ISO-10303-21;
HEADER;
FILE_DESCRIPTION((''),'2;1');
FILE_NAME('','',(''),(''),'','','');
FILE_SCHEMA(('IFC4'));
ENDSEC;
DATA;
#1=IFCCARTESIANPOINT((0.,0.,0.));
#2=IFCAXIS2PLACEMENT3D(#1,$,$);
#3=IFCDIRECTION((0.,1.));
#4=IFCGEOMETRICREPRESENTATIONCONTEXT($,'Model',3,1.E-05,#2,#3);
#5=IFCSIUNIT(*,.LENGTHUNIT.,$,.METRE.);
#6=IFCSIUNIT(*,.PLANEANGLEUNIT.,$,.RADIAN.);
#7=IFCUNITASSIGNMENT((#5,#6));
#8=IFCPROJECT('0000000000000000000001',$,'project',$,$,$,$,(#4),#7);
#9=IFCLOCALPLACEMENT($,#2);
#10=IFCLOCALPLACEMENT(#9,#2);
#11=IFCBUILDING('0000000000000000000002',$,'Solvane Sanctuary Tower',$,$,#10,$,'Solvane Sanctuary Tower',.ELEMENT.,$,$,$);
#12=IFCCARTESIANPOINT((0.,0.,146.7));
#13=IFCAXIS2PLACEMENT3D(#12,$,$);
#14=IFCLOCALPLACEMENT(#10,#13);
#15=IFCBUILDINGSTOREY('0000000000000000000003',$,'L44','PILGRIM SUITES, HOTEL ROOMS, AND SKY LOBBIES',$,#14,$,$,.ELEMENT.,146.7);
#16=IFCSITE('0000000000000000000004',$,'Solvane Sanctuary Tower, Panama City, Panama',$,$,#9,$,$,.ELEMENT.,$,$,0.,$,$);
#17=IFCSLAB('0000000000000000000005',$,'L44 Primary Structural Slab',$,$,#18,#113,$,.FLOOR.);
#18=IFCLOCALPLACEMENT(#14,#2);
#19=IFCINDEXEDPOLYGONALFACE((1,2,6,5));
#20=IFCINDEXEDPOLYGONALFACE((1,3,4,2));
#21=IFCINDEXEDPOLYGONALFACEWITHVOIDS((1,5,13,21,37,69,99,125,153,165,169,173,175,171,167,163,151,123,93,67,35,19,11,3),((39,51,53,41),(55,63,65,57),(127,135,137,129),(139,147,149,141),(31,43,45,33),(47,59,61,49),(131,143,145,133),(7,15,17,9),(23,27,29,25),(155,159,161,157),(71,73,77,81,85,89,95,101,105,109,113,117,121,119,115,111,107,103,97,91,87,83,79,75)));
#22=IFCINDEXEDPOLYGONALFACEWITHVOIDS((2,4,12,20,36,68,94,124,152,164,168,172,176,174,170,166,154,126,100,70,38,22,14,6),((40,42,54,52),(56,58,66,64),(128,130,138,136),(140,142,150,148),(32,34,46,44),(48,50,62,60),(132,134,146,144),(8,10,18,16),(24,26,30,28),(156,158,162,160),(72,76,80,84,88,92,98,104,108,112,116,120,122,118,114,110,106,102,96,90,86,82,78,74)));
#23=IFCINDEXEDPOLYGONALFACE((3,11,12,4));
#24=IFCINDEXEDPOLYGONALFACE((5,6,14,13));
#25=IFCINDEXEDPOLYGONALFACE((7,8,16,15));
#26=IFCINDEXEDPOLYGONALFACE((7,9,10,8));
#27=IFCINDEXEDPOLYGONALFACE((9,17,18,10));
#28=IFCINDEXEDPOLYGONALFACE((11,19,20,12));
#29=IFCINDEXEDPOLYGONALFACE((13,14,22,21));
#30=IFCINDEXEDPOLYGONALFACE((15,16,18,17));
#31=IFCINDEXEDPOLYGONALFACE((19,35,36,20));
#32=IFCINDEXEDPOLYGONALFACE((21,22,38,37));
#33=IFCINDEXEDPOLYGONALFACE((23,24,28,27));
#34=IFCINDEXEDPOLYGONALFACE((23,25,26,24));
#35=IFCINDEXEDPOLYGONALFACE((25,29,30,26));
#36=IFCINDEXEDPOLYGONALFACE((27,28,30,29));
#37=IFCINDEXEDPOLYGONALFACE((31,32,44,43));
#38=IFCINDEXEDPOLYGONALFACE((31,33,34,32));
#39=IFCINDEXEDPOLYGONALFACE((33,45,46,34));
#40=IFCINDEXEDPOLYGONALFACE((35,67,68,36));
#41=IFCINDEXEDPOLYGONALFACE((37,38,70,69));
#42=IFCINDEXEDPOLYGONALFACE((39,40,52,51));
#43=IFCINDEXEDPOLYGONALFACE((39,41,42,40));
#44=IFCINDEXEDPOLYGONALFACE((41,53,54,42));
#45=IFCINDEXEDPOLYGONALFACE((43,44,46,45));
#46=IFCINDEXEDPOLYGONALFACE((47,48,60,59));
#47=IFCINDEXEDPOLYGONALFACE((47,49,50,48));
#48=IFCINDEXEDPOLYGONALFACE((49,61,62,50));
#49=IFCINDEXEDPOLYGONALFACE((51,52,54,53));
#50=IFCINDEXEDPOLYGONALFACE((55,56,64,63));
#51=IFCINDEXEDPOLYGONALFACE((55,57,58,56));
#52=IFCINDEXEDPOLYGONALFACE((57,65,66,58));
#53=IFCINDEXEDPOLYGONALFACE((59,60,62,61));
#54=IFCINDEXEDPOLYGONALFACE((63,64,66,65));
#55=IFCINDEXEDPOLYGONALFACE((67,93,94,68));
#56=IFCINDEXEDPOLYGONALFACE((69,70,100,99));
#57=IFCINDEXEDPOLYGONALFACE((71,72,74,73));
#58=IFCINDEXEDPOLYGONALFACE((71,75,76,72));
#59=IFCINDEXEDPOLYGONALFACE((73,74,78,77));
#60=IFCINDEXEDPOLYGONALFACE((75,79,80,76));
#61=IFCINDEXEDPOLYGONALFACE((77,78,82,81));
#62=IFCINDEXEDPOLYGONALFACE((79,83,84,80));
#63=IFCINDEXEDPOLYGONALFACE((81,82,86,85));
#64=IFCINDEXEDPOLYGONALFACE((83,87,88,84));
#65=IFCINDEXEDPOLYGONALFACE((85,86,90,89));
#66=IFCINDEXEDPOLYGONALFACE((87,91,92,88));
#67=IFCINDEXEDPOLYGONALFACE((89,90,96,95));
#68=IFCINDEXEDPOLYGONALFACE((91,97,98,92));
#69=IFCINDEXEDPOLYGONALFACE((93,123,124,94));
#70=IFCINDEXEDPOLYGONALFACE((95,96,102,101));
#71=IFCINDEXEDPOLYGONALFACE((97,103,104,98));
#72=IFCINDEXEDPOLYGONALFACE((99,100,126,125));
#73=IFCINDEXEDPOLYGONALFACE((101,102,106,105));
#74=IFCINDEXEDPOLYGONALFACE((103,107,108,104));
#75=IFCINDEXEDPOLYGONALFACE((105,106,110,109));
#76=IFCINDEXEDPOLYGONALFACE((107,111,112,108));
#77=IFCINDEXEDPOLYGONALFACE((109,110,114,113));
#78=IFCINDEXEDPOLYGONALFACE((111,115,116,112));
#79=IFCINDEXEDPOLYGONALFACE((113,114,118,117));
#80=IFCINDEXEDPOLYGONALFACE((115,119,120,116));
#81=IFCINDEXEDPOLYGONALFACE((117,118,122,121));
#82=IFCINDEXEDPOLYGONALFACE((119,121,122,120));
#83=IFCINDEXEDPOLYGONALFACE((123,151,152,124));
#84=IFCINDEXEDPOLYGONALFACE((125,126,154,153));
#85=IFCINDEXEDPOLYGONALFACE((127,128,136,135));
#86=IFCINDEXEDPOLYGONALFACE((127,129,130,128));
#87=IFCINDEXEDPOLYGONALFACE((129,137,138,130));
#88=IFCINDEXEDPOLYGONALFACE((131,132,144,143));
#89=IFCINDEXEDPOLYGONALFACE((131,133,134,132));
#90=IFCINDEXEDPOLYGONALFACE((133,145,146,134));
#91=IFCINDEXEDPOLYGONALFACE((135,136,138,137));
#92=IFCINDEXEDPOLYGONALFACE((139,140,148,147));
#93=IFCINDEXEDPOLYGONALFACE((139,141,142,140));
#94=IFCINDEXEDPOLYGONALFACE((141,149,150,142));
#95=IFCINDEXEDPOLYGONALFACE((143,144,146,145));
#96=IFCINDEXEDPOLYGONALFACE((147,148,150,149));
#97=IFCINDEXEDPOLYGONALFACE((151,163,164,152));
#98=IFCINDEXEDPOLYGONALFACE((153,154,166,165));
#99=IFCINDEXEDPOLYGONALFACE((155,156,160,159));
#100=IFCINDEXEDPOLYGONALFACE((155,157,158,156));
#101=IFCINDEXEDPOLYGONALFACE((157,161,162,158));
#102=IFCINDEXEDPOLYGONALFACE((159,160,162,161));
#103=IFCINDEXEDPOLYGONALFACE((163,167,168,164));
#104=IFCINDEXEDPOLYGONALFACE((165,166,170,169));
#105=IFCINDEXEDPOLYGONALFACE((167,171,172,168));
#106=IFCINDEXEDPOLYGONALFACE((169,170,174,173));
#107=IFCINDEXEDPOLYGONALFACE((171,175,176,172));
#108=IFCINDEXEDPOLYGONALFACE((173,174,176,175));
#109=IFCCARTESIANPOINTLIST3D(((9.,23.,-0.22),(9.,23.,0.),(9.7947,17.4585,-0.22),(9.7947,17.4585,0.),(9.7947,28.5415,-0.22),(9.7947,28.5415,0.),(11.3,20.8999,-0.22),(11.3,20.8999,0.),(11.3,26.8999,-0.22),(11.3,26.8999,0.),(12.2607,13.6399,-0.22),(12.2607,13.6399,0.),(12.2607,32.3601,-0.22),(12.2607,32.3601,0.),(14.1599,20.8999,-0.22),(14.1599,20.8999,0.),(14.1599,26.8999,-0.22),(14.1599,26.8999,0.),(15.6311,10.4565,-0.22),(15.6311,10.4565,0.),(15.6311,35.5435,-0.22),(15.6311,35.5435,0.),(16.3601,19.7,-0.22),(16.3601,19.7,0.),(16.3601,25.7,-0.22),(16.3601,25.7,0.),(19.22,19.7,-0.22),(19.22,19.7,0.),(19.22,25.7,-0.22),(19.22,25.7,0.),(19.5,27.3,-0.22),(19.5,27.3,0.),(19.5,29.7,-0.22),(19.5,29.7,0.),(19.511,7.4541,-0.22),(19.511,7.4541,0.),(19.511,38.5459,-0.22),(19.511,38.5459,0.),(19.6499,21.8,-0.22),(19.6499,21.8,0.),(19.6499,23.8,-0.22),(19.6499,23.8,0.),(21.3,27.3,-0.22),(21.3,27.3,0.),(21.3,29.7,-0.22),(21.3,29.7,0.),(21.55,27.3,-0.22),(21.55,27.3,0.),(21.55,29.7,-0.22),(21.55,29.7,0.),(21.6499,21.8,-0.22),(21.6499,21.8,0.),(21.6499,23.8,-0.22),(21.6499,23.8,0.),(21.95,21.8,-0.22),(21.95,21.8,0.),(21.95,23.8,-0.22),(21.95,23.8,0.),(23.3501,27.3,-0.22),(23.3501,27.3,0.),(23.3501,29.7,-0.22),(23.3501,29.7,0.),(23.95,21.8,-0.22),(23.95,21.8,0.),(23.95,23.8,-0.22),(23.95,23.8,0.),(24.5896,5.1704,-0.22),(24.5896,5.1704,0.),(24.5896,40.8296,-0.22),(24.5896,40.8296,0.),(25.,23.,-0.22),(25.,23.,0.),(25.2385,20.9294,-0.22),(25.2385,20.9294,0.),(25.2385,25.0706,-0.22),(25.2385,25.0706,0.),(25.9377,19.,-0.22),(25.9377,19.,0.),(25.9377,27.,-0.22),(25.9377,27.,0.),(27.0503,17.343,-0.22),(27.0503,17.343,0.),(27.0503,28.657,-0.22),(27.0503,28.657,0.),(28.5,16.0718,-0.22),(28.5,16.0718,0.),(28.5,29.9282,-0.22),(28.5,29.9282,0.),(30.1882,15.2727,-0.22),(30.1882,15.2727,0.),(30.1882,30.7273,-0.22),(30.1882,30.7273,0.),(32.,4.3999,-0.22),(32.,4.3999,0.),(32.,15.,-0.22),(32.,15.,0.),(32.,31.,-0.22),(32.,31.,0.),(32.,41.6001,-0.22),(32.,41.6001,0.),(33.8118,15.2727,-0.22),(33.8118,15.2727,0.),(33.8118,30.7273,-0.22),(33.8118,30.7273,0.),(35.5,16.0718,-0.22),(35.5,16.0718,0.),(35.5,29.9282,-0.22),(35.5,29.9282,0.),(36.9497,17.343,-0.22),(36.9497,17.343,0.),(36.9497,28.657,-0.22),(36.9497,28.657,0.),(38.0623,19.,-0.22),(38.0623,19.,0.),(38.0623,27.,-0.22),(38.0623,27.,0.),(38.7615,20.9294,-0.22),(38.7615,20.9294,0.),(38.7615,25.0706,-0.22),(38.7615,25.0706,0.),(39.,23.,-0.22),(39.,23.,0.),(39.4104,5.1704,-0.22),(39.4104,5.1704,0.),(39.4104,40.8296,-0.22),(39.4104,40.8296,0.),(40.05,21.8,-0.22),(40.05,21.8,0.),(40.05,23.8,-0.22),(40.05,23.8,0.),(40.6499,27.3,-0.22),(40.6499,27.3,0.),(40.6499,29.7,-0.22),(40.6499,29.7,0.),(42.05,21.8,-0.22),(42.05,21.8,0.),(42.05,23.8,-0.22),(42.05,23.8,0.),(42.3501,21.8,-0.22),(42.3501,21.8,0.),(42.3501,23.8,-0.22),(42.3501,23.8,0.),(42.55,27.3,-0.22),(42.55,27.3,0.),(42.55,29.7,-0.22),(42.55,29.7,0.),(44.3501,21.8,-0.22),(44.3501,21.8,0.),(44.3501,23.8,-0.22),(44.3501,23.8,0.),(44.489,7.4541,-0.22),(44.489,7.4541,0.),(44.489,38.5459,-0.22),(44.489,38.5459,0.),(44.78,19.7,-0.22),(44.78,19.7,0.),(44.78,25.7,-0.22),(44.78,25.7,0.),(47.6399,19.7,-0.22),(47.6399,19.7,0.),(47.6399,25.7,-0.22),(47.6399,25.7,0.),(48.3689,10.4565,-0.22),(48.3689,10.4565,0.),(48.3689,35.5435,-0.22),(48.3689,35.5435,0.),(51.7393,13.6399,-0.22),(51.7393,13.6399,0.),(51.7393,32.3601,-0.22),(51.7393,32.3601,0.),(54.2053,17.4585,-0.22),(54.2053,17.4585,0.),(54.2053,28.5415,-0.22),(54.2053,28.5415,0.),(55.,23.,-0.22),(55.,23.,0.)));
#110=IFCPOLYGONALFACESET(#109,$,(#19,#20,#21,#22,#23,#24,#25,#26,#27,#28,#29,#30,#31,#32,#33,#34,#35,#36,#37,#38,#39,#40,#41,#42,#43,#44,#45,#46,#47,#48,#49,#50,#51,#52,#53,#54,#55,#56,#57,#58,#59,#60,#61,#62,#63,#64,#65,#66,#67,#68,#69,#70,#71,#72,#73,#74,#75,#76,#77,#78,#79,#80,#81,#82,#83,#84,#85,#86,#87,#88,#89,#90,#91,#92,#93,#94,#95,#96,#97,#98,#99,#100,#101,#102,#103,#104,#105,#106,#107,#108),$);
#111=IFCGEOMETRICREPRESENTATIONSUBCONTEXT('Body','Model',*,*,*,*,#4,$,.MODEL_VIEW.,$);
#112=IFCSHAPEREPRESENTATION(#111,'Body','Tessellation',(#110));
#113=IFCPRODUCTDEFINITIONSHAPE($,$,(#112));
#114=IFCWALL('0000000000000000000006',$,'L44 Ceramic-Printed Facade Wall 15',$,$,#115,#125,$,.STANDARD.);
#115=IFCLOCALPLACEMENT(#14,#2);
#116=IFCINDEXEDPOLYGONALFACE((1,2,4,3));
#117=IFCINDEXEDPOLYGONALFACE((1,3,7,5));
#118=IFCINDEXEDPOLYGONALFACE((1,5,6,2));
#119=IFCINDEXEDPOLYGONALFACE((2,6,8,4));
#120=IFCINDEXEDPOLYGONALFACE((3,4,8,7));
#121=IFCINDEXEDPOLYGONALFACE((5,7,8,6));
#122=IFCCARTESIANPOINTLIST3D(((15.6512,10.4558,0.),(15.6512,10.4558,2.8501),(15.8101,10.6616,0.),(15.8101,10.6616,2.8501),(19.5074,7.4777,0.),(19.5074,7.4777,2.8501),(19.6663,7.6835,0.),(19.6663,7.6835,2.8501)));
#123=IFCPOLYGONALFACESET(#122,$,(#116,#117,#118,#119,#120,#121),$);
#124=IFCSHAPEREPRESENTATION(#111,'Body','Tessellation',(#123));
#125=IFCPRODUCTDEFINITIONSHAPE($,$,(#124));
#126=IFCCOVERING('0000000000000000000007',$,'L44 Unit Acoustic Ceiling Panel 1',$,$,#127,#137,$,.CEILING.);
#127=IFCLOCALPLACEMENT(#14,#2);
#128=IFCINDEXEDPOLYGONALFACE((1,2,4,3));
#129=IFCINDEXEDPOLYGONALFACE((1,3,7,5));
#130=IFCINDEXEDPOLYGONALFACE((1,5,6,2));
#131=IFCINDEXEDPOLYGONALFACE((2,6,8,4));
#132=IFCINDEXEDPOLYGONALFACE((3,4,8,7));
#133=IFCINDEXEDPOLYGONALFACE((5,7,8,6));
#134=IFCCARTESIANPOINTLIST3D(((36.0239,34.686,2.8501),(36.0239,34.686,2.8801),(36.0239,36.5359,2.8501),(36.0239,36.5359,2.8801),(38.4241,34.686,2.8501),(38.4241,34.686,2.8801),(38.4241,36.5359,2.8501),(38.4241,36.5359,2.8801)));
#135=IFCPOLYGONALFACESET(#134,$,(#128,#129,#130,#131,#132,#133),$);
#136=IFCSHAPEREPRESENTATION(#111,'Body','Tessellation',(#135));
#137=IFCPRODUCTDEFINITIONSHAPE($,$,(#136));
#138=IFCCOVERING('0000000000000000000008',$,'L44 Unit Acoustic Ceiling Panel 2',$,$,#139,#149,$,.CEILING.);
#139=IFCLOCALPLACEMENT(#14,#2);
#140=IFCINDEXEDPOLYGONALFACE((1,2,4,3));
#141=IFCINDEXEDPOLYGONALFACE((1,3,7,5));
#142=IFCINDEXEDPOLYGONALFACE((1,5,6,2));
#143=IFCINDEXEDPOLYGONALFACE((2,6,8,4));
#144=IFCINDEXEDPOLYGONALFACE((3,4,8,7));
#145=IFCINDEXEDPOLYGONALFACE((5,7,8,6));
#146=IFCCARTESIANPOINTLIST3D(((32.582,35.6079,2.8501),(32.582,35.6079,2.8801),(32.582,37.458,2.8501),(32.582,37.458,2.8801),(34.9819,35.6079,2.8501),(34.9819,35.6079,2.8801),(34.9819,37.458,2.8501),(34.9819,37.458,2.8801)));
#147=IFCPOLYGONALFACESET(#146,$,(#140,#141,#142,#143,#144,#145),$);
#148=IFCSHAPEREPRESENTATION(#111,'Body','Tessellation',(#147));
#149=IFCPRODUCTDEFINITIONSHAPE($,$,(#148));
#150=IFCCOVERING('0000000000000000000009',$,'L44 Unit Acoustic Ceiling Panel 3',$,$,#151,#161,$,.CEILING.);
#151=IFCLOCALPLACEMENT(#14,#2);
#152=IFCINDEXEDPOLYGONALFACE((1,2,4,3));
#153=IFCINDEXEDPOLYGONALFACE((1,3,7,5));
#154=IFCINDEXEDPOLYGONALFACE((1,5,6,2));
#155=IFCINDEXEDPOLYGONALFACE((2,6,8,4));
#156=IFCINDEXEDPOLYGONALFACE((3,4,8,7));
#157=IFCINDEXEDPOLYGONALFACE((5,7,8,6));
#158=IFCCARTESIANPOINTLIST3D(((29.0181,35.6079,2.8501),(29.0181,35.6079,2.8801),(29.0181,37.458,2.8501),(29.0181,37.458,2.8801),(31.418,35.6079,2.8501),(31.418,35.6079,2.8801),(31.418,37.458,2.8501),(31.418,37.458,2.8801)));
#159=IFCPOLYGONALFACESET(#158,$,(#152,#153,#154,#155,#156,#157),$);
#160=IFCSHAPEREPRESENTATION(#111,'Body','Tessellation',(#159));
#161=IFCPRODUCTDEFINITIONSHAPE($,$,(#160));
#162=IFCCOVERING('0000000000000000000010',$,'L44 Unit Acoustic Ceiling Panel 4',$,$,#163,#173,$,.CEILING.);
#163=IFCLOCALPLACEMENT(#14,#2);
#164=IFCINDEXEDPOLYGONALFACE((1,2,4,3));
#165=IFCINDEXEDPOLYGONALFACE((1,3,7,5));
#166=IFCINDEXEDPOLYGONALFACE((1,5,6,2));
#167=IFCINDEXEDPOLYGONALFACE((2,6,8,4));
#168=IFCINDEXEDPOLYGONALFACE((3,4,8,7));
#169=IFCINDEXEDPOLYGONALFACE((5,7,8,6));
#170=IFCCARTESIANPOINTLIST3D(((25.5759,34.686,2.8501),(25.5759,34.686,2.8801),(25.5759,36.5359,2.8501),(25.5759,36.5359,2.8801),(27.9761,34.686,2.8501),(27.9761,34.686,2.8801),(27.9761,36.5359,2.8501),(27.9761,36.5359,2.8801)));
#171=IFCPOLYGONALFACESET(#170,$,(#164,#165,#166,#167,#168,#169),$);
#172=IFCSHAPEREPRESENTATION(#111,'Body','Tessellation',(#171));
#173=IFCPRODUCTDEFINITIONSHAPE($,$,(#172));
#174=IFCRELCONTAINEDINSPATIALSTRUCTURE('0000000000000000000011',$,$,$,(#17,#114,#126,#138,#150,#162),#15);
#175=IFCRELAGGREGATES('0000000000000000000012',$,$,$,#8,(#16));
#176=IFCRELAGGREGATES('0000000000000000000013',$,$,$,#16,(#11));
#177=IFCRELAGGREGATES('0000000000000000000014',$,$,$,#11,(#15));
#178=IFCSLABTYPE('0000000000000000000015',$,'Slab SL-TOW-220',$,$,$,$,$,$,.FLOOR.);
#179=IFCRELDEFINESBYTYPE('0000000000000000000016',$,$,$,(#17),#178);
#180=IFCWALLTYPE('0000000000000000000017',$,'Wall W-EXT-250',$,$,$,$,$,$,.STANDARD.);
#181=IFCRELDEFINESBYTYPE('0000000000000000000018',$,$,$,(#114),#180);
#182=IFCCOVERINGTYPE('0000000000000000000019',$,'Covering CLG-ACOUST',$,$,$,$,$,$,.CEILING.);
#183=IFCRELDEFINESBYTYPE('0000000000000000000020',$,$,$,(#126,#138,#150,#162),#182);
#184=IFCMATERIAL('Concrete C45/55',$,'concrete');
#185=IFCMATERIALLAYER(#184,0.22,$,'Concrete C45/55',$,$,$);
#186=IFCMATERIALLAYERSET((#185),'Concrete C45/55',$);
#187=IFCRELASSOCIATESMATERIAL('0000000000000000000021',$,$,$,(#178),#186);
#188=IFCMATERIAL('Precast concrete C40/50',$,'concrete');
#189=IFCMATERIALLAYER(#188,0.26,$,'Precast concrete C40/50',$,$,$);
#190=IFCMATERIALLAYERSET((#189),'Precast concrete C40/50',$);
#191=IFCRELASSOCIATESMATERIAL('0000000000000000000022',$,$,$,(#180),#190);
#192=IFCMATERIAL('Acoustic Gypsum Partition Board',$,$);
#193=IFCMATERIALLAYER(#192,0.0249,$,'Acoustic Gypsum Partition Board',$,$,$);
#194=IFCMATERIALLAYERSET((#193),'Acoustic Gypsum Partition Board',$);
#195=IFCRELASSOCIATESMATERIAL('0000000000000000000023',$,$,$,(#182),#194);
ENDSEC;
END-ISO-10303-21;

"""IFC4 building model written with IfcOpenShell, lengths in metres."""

from ifc_helpers import new_model, si_unit, direction, frame, frame_2d, origin, place, context, subcontext, project, spatial, polyline, rectangle, outline, extrude, material, layer, layer_set, type_object, element, save


model = new_model("IFC4")

# Units and contexts
model_context = context("Model", 3, precision=1e-05, world=origin(), true_north=direction((0.0, 1.0)))
body_context = subcontext(model_context, "Body", "Model", "MODEL_VIEW")
ifc_project = project(units=[si_unit("LENGTHUNIT", "METRE"), si_unit("PLANEANGLEUNIT", "RADIAN")], contexts=[model_context])

# Site, building, storey
site_placement = place(None, origin())
site = spatial("IfcSite", under=ifc_project, at=site_placement, Name="Solvane Sanctuary Tower, Panama City, Panama", CompositionType="ELEMENT", RefElevation=0.0)
building_placement = place(site_placement, origin())
building = spatial("IfcBuilding", under=site, at=building_placement, Name="Solvane Sanctuary Tower", LongName="Solvane Sanctuary Tower", CompositionType="ELEMENT")
storey_placement = place(building_placement, frame((0.0, 0.0, 146.7)))
storey = spatial("IfcBuildingStorey", under=building, at=storey_placement, Name="L44", Description="PILGRIM SUITES, HOTEL ROOMS, AND SKY LOBBIES", CompositionType="ELEMENT", Elevation=146.7)

# Shared definitions
ifc_material_1 = material(Name="Precast concrete C40/50", Category="concrete")

# Shared definitions
ifc_material_2 = material(Name="Concrete C45/55", Category="concrete")

# Slab
ifc_layer_1 = layer(ifc_material_2, 0.22, Name="Concrete C45/55")
ifc_layer_set_1 = layer_set([ifc_layer_1], Name="Concrete C45/55")
slab_type_1 = type_object("IfcSlabType", Name="Slab SL-TOW-220", PredefinedType="FLOOR", material=ifc_layer_set_1)
slab_1_placement = place(storey_placement, frame((0.0, 0.0, -0.22)))
element("IfcSlab", 1, at=slab_1_placement, inside=storey, type_object=slab_type_1, Name="L44 Primary Structural Slab", PredefinedType="FLOOR", context=body_context, shape_type="SweptSolid", body=[
    extrude(outline(polyline([(55.0, 23.0), (54.2053, 28.5415), (51.7393, 32.3601), (48.3689, 35.5435), (44.489, 38.5459), (39.4104, 40.8296), (32.0, 41.6001), (24.5896, 40.8296), (19.511, 38.5459), (15.6311, 35.5435), (12.2607, 32.3601), (9.7947, 28.5415), (9.0, 23.0), (9.7947, 17.4585), (12.2607, 13.6399), (15.6311, 10.4565), (19.511, 7.4541), (24.5896, 5.1704), (32.0, 4.3999), (39.4104, 5.1704), (44.489, 7.4541), (48.3689, 10.4565), (51.7393, 13.6399), (54.2053, 17.4585), (55.0, 23.0)]), holes=[polyline([(38.7615, 20.9294), (38.0623, 19.0), (36.9497, 17.343), (35.5, 16.0718), (33.8118, 15.2727), (32.0, 15.0), (30.1882, 15.2727), (28.5, 16.0718), (27.0503, 17.343), (25.9377, 19.0), (25.2385, 20.9294), (25.0, 23.0), (25.2385, 25.0706), (25.9377, 27.0), (27.0503, 28.657), (28.5, 29.9282), (30.1882, 30.7273), (32.0, 31.0), (33.8118, 30.7273), (35.5, 29.9282), (36.9497, 28.657), (38.0623, 27.0), (38.7615, 25.0706), (39.0, 23.0), (38.7615, 20.9294)]), polyline([(16.3601, 19.7), (16.3601, 25.7), (19.22, 25.7), (19.22, 19.7), (16.3601, 19.7)]), polyline([(44.78, 19.7), (44.78, 25.7), (47.6399, 25.7), (47.6399, 19.7), (44.78, 19.7)]), polyline([(11.3, 20.8999), (11.3, 26.8999), (14.1599, 26.8999), (14.1599, 20.8999), (11.3, 20.8999)]), polyline([(19.6499, 23.8), (21.6499, 23.8), (21.6499, 21.8), (19.6499, 21.8), (19.6499, 23.8)]), polyline([(42.3501, 23.8), (44.3501, 23.8), (44.3501, 21.8), (42.3501, 21.8), (42.3501, 23.8)]), polyline([(21.95, 23.8), (23.95, 23.8), (23.95, 21.8), (21.95, 21.8), (21.95, 23.8)]), polyline([(40.05, 23.8), (42.05, 23.8), (42.05, 21.8), (40.05, 21.8), (40.05, 23.8)]), polyline([(19.5, 29.7), (21.3, 29.7), (21.3, 27.3), (19.5, 27.3), (19.5, 29.7)]), polyline([(21.55, 29.7), (23.3501, 29.7), (23.3501, 27.3), (21.55, 27.3), (21.55, 29.7)]), polyline([(40.6499, 29.7), (42.55, 29.7), (42.55, 27.3), (40.6499, 27.3), (40.6499, 29.7)])]), origin(), (0.0, 0.0, 1.0), 0.22),
])

# Wall
ifc_layer_2 = layer(ifc_material_1, 0.26, Name="Precast concrete C40/50")
ifc_layer_set_2 = layer_set([ifc_layer_2], Name="Precast concrete C40/50")
wall_type = type_object("IfcWallType", Name="Wall W-EXT-250", PredefinedType="STANDARD", material=ifc_layer_set_2)
wall_placement = place(storey_placement, frame((15.7307, 10.5586, 0.0), z_axis=(0.0, 0.0, 1.0), x_axis=(0.79146, -0.611221, 0.0)))
element("IfcWall", 2, at=wall_placement, inside=storey, type_object=wall_type, Name="L44 Ceramic-Printed Facade Wall 15", PredefinedType="STANDARD", context=body_context, shape_type="SweptSolid", body=[
    extrude(rectangle(XDim=4.8723, YDim=0.26, at=frame_2d((2.436, 0.0))), origin(), (0.0, 0.0, 1.0), 2.8501),
])

# Coverings
ifc_material_3 = material(Name="Acoustic Gypsum Partition Board")
ifc_layer_3 = layer(ifc_material_3, 0.0249, Name="Acoustic Gypsum Partition Board")
ifc_layer_set_3 = layer_set([ifc_layer_3], Name="Acoustic Gypsum Partition Board")
covering_type_1 = type_object("IfcCoveringType", Name="Covering CLG-ACOUST", PredefinedType="CEILING", material=ifc_layer_set_3)
covering_1_placement = place(storey_placement, frame((0.0, 0.0, 2.8501)))
element("IfcCovering", 3, at=covering_1_placement, inside=storey, type_object=covering_type_1, Name="L44 Unit Acoustic Ceiling Panel 1", PredefinedType="CEILING", context=body_context, shape_type="SweptSolid", body=[
    extrude(outline(polyline([(36.0239, 34.686), (38.4241, 34.686), (38.4241, 36.5359), (36.0239, 36.5359), (36.0239, 34.686)])), origin(), (0.0, 0.0, 1.0), 0.03),
])
covering_2_placement = place(storey_placement, frame((0.0, 0.0, 2.8501)))
element("IfcCovering", 4, at=covering_2_placement, inside=storey, type_object=covering_type_1, Name="L44 Unit Acoustic Ceiling Panel 2", PredefinedType="CEILING", context=body_context, shape_type="SweptSolid", body=[
    extrude(outline(polyline([(32.582, 35.6079), (34.9819, 35.6079), (34.9819, 37.458), (32.582, 37.458), (32.582, 35.6079)])), origin(), (0.0, 0.0, 1.0), 0.03),
])
covering_3_placement = place(storey_placement, frame((0.0, 0.0, 2.8501)))
element("IfcCovering", 5, at=covering_3_placement, inside=storey, type_object=covering_type_1, Name="L44 Unit Acoustic Ceiling Panel 3", PredefinedType="CEILING", context=body_context, shape_type="SweptSolid", body=[
    extrude(outline(polyline([(29.0181, 35.6079), (31.418, 35.6079), (31.418, 37.458), (29.0181, 37.458), (29.0181, 35.6079)])), origin(), (0.0, 0.0, 1.0), 0.03),
])
covering_4_placement = place(storey_placement, frame((0.0, 0.0, 2.8501)))
element("IfcCovering", 6, at=covering_4_placement, inside=storey, type_object=covering_type_1, Name="L44 Unit Acoustic Ceiling Panel 4", PredefinedType="CEILING", context=body_context, shape_type="SweptSolid", body=[
    extrude(outline(polyline([(25.5759, 34.686), (27.9761, 34.686), (27.9761, 36.5359), (25.5759, 36.5359), (25.5759, 34.686)])), origin(), (0.0, 0.0, 1.0), 0.03),
])

save(model, "model.ifc")
